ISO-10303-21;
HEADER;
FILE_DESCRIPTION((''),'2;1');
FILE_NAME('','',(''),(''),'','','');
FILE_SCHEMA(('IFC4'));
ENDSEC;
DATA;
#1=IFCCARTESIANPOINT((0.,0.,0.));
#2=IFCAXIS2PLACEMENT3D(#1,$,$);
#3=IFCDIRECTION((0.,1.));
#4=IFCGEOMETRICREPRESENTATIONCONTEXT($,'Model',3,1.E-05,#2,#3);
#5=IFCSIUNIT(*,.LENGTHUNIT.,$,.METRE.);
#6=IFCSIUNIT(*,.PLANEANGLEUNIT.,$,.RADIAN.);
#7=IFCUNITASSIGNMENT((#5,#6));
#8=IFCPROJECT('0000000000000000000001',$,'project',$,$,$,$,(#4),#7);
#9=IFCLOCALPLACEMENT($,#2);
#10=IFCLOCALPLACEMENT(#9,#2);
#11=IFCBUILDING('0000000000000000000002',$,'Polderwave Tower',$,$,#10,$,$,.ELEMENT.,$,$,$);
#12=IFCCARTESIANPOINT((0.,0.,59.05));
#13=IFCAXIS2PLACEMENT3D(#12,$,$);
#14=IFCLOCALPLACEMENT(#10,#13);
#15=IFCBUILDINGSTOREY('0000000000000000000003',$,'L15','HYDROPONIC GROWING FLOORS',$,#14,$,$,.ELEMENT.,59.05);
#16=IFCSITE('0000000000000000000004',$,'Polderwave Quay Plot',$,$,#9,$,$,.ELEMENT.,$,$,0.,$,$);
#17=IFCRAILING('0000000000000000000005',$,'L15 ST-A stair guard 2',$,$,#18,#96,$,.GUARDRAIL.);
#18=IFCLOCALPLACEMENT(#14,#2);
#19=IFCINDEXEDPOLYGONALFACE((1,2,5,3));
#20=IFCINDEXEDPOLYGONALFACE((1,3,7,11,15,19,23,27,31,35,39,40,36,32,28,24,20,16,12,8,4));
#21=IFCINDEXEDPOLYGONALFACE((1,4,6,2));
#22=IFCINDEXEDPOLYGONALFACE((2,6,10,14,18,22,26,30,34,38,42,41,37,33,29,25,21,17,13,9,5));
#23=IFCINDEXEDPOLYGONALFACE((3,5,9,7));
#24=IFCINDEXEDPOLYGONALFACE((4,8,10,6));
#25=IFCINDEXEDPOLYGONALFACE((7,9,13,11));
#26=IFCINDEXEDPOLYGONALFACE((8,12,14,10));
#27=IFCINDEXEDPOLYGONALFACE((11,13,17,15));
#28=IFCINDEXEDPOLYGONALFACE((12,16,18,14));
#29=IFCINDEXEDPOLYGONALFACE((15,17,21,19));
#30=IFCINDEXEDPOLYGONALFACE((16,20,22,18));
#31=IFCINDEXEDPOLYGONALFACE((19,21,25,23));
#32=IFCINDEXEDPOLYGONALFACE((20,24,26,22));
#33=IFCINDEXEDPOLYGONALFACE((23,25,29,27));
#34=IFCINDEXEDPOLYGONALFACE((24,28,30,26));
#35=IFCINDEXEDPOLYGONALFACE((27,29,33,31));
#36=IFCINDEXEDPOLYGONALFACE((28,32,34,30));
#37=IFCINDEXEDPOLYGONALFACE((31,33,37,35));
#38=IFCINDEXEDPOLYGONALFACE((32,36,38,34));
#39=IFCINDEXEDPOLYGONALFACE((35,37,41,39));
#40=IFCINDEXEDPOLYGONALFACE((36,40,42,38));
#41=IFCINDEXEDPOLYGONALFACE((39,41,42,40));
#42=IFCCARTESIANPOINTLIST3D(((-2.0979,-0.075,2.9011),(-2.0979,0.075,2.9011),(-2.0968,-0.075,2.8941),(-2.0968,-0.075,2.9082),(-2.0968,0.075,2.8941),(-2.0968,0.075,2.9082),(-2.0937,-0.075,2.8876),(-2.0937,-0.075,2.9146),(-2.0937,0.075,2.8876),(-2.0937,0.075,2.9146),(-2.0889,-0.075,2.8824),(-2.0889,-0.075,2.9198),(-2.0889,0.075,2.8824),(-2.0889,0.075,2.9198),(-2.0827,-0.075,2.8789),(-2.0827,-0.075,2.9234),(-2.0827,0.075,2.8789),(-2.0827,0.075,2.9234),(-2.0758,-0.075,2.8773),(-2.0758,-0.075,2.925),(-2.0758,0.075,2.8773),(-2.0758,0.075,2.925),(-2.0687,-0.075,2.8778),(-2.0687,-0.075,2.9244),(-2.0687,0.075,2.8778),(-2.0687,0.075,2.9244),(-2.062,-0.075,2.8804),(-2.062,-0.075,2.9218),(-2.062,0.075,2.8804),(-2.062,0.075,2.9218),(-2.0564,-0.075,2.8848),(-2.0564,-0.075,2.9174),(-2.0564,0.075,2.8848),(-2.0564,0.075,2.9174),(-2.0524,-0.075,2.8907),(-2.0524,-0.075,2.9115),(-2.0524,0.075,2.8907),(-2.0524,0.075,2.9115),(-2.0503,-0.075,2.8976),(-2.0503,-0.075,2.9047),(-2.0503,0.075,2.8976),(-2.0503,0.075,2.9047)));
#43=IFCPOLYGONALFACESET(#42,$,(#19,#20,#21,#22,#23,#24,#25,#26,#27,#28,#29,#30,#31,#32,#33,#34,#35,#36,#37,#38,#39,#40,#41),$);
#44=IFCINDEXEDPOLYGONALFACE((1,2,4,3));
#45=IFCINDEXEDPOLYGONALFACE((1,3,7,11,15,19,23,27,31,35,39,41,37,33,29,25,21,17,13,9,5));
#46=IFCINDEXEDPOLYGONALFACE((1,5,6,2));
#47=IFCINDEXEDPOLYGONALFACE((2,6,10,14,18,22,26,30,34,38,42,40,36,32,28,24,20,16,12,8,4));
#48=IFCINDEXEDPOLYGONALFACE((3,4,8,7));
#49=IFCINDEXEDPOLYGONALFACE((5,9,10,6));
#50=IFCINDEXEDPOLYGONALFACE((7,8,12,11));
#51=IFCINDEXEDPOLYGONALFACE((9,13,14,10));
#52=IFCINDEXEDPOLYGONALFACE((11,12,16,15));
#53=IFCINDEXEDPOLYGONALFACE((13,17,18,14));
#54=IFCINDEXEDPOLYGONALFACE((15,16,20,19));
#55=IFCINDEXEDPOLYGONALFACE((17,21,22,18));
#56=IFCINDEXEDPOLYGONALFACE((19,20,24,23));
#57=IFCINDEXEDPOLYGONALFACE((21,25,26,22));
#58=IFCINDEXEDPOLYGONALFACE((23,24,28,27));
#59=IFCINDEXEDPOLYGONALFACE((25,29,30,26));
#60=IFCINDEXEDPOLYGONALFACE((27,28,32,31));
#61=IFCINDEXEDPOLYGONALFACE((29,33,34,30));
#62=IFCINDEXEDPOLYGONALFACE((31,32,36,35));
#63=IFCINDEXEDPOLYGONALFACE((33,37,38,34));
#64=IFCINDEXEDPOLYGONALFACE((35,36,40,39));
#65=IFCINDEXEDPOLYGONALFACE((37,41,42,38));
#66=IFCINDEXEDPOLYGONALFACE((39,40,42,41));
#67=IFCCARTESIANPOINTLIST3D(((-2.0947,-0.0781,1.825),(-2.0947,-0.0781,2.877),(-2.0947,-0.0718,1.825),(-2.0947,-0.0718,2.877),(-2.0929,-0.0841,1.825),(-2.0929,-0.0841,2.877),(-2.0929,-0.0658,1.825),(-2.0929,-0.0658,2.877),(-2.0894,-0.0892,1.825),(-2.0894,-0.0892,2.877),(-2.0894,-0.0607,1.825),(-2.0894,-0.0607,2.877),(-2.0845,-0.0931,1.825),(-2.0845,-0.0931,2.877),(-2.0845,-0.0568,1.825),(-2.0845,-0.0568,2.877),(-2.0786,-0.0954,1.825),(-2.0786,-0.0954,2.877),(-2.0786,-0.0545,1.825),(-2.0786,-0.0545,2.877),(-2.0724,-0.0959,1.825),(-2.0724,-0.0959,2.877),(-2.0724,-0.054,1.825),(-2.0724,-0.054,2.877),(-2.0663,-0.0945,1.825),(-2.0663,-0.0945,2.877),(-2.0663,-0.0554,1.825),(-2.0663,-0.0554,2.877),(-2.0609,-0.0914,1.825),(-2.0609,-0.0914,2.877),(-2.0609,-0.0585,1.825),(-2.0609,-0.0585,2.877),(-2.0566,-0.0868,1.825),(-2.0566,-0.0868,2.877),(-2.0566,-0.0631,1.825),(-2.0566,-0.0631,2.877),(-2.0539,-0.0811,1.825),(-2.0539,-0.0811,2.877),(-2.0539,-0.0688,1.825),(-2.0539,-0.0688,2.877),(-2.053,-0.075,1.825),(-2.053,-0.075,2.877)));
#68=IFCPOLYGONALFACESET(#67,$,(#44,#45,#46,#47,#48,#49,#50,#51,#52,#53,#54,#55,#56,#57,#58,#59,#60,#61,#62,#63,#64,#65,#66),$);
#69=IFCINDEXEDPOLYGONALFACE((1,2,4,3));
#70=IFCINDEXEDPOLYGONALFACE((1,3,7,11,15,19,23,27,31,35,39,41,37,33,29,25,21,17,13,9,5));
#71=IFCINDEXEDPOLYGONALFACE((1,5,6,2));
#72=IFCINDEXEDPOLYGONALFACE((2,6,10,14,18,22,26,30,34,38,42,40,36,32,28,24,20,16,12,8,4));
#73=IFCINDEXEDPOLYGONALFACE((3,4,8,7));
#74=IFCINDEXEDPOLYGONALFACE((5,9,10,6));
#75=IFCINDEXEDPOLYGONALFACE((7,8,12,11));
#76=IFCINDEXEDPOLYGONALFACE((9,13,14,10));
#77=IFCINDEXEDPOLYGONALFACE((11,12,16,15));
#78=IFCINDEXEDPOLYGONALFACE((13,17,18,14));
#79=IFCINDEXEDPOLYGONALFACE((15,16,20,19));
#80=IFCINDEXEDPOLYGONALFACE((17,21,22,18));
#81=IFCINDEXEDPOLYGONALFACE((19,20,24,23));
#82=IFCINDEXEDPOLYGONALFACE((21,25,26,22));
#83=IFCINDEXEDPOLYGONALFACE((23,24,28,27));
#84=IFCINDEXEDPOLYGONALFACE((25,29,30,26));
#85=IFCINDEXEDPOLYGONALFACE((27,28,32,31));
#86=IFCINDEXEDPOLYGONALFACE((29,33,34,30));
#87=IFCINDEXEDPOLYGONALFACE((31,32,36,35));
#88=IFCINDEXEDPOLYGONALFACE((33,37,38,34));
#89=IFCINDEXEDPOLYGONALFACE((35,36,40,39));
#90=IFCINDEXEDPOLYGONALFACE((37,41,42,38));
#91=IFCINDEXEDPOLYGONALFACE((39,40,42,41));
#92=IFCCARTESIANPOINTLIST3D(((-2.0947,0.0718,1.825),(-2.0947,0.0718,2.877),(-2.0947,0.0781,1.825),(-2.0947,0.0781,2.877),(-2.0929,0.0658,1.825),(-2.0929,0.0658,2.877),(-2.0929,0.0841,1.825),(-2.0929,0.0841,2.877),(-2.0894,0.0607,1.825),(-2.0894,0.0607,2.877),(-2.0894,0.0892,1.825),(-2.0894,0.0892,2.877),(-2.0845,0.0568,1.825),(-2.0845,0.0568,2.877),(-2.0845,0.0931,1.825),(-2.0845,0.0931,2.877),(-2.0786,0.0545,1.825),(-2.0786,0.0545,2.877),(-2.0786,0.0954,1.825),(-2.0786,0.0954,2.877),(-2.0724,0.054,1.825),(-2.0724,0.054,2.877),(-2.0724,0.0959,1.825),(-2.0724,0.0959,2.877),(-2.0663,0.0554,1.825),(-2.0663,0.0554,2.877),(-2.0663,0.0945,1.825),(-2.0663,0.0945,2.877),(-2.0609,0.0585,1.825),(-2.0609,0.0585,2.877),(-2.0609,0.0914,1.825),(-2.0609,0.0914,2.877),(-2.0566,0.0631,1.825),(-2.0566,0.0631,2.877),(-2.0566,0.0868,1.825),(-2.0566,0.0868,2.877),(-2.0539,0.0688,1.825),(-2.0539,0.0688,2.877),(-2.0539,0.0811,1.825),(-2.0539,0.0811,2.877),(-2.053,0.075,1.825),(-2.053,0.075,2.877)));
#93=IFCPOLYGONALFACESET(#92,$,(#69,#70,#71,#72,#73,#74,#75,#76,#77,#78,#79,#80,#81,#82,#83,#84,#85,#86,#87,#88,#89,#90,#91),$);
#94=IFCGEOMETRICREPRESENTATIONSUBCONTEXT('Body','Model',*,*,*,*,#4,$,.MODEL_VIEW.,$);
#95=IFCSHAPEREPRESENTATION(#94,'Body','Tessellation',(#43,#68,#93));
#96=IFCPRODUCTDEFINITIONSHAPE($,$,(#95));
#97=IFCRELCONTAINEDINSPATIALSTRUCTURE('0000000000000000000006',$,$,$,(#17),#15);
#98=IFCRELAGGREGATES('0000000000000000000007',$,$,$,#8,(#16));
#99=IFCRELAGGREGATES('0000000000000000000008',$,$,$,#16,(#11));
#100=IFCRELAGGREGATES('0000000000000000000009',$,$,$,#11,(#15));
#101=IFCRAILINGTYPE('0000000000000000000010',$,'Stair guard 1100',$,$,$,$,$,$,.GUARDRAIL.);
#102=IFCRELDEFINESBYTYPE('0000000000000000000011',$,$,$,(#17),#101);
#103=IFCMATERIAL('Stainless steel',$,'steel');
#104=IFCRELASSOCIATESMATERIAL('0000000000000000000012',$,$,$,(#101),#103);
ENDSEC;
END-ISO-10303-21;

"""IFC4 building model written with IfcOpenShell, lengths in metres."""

from ifc_helpers import new_model, si_unit, direction, frame, origin, origin_2d, place, context, subcontext, project, spatial, circle, extrude, material, type_object, element, save


model = new_model("IFC4")

# Units and contexts
model_context = context("Model", 3, precision=1e-05, world=origin(), true_north=direction((0.0, 1.0)))
body_context = subcontext(model_context, "Body", "Model", "MODEL_VIEW")
ifc_project = project(units=[si_unit("LENGTHUNIT", "METRE"), si_unit("PLANEANGLEUNIT", "RADIAN")], contexts=[model_context])

# Site, building, storey
site_placement = place(None, origin())
site = spatial("IfcSite", under=ifc_project, at=site_placement, Name="Polderwave Quay Plot", CompositionType="ELEMENT", RefElevation=0.0)
building_placement = place(site_placement, origin())
building = spatial("IfcBuilding", under=site, at=building_placement, Name="Polderwave Tower", CompositionType="ELEMENT")
storey_placement = place(building_placement, frame((0.0, 0.0, 59.05)))
storey = spatial("IfcBuildingStorey", under=building, at=storey_placement, Name="L15", Description="HYDROPONIC GROWING FLOORS", CompositionType="ELEMENT", Elevation=59.05)

# Railing
ifc_material_1 = material(Name="Stainless steel", Category="steel")
railing_type_1 = type_object("IfcRailingType", Name="Stair guard 1100", PredefinedType="GUARDRAIL", material=ifc_material_1)
railing_1_placement = place(storey_placement, frame((-2.074, -0.075, 1.825)))
element("IfcRailing", 1, at=railing_1_placement, inside=storey, type_object=railing_type_1, Name="L15 ST-A stair guard 2", PredefinedType="GUARDRAIL", context=body_context, shape_type="SweptSolid", body=[
    extrude(circle(Radius=0.0239, at=origin_2d()), frame((0.0, 0.0, 1.0762), z_axis=(0.0, 1.0, 0.0), x_axis=(-1.0, 0.0, 0.0)), (0.0, 0.0, 1.0), 0.1499),
    extrude(circle(Radius=0.021, at=origin_2d()), origin(), (0.0, 0.0, 1.0), 1.052),
    extrude(circle(Radius=0.021, at=origin_2d()), frame((0.0, 0.1499, 0.0)), (0.0, 0.0, 1.0), 1.052),
])

save(model, "model.ifc")
